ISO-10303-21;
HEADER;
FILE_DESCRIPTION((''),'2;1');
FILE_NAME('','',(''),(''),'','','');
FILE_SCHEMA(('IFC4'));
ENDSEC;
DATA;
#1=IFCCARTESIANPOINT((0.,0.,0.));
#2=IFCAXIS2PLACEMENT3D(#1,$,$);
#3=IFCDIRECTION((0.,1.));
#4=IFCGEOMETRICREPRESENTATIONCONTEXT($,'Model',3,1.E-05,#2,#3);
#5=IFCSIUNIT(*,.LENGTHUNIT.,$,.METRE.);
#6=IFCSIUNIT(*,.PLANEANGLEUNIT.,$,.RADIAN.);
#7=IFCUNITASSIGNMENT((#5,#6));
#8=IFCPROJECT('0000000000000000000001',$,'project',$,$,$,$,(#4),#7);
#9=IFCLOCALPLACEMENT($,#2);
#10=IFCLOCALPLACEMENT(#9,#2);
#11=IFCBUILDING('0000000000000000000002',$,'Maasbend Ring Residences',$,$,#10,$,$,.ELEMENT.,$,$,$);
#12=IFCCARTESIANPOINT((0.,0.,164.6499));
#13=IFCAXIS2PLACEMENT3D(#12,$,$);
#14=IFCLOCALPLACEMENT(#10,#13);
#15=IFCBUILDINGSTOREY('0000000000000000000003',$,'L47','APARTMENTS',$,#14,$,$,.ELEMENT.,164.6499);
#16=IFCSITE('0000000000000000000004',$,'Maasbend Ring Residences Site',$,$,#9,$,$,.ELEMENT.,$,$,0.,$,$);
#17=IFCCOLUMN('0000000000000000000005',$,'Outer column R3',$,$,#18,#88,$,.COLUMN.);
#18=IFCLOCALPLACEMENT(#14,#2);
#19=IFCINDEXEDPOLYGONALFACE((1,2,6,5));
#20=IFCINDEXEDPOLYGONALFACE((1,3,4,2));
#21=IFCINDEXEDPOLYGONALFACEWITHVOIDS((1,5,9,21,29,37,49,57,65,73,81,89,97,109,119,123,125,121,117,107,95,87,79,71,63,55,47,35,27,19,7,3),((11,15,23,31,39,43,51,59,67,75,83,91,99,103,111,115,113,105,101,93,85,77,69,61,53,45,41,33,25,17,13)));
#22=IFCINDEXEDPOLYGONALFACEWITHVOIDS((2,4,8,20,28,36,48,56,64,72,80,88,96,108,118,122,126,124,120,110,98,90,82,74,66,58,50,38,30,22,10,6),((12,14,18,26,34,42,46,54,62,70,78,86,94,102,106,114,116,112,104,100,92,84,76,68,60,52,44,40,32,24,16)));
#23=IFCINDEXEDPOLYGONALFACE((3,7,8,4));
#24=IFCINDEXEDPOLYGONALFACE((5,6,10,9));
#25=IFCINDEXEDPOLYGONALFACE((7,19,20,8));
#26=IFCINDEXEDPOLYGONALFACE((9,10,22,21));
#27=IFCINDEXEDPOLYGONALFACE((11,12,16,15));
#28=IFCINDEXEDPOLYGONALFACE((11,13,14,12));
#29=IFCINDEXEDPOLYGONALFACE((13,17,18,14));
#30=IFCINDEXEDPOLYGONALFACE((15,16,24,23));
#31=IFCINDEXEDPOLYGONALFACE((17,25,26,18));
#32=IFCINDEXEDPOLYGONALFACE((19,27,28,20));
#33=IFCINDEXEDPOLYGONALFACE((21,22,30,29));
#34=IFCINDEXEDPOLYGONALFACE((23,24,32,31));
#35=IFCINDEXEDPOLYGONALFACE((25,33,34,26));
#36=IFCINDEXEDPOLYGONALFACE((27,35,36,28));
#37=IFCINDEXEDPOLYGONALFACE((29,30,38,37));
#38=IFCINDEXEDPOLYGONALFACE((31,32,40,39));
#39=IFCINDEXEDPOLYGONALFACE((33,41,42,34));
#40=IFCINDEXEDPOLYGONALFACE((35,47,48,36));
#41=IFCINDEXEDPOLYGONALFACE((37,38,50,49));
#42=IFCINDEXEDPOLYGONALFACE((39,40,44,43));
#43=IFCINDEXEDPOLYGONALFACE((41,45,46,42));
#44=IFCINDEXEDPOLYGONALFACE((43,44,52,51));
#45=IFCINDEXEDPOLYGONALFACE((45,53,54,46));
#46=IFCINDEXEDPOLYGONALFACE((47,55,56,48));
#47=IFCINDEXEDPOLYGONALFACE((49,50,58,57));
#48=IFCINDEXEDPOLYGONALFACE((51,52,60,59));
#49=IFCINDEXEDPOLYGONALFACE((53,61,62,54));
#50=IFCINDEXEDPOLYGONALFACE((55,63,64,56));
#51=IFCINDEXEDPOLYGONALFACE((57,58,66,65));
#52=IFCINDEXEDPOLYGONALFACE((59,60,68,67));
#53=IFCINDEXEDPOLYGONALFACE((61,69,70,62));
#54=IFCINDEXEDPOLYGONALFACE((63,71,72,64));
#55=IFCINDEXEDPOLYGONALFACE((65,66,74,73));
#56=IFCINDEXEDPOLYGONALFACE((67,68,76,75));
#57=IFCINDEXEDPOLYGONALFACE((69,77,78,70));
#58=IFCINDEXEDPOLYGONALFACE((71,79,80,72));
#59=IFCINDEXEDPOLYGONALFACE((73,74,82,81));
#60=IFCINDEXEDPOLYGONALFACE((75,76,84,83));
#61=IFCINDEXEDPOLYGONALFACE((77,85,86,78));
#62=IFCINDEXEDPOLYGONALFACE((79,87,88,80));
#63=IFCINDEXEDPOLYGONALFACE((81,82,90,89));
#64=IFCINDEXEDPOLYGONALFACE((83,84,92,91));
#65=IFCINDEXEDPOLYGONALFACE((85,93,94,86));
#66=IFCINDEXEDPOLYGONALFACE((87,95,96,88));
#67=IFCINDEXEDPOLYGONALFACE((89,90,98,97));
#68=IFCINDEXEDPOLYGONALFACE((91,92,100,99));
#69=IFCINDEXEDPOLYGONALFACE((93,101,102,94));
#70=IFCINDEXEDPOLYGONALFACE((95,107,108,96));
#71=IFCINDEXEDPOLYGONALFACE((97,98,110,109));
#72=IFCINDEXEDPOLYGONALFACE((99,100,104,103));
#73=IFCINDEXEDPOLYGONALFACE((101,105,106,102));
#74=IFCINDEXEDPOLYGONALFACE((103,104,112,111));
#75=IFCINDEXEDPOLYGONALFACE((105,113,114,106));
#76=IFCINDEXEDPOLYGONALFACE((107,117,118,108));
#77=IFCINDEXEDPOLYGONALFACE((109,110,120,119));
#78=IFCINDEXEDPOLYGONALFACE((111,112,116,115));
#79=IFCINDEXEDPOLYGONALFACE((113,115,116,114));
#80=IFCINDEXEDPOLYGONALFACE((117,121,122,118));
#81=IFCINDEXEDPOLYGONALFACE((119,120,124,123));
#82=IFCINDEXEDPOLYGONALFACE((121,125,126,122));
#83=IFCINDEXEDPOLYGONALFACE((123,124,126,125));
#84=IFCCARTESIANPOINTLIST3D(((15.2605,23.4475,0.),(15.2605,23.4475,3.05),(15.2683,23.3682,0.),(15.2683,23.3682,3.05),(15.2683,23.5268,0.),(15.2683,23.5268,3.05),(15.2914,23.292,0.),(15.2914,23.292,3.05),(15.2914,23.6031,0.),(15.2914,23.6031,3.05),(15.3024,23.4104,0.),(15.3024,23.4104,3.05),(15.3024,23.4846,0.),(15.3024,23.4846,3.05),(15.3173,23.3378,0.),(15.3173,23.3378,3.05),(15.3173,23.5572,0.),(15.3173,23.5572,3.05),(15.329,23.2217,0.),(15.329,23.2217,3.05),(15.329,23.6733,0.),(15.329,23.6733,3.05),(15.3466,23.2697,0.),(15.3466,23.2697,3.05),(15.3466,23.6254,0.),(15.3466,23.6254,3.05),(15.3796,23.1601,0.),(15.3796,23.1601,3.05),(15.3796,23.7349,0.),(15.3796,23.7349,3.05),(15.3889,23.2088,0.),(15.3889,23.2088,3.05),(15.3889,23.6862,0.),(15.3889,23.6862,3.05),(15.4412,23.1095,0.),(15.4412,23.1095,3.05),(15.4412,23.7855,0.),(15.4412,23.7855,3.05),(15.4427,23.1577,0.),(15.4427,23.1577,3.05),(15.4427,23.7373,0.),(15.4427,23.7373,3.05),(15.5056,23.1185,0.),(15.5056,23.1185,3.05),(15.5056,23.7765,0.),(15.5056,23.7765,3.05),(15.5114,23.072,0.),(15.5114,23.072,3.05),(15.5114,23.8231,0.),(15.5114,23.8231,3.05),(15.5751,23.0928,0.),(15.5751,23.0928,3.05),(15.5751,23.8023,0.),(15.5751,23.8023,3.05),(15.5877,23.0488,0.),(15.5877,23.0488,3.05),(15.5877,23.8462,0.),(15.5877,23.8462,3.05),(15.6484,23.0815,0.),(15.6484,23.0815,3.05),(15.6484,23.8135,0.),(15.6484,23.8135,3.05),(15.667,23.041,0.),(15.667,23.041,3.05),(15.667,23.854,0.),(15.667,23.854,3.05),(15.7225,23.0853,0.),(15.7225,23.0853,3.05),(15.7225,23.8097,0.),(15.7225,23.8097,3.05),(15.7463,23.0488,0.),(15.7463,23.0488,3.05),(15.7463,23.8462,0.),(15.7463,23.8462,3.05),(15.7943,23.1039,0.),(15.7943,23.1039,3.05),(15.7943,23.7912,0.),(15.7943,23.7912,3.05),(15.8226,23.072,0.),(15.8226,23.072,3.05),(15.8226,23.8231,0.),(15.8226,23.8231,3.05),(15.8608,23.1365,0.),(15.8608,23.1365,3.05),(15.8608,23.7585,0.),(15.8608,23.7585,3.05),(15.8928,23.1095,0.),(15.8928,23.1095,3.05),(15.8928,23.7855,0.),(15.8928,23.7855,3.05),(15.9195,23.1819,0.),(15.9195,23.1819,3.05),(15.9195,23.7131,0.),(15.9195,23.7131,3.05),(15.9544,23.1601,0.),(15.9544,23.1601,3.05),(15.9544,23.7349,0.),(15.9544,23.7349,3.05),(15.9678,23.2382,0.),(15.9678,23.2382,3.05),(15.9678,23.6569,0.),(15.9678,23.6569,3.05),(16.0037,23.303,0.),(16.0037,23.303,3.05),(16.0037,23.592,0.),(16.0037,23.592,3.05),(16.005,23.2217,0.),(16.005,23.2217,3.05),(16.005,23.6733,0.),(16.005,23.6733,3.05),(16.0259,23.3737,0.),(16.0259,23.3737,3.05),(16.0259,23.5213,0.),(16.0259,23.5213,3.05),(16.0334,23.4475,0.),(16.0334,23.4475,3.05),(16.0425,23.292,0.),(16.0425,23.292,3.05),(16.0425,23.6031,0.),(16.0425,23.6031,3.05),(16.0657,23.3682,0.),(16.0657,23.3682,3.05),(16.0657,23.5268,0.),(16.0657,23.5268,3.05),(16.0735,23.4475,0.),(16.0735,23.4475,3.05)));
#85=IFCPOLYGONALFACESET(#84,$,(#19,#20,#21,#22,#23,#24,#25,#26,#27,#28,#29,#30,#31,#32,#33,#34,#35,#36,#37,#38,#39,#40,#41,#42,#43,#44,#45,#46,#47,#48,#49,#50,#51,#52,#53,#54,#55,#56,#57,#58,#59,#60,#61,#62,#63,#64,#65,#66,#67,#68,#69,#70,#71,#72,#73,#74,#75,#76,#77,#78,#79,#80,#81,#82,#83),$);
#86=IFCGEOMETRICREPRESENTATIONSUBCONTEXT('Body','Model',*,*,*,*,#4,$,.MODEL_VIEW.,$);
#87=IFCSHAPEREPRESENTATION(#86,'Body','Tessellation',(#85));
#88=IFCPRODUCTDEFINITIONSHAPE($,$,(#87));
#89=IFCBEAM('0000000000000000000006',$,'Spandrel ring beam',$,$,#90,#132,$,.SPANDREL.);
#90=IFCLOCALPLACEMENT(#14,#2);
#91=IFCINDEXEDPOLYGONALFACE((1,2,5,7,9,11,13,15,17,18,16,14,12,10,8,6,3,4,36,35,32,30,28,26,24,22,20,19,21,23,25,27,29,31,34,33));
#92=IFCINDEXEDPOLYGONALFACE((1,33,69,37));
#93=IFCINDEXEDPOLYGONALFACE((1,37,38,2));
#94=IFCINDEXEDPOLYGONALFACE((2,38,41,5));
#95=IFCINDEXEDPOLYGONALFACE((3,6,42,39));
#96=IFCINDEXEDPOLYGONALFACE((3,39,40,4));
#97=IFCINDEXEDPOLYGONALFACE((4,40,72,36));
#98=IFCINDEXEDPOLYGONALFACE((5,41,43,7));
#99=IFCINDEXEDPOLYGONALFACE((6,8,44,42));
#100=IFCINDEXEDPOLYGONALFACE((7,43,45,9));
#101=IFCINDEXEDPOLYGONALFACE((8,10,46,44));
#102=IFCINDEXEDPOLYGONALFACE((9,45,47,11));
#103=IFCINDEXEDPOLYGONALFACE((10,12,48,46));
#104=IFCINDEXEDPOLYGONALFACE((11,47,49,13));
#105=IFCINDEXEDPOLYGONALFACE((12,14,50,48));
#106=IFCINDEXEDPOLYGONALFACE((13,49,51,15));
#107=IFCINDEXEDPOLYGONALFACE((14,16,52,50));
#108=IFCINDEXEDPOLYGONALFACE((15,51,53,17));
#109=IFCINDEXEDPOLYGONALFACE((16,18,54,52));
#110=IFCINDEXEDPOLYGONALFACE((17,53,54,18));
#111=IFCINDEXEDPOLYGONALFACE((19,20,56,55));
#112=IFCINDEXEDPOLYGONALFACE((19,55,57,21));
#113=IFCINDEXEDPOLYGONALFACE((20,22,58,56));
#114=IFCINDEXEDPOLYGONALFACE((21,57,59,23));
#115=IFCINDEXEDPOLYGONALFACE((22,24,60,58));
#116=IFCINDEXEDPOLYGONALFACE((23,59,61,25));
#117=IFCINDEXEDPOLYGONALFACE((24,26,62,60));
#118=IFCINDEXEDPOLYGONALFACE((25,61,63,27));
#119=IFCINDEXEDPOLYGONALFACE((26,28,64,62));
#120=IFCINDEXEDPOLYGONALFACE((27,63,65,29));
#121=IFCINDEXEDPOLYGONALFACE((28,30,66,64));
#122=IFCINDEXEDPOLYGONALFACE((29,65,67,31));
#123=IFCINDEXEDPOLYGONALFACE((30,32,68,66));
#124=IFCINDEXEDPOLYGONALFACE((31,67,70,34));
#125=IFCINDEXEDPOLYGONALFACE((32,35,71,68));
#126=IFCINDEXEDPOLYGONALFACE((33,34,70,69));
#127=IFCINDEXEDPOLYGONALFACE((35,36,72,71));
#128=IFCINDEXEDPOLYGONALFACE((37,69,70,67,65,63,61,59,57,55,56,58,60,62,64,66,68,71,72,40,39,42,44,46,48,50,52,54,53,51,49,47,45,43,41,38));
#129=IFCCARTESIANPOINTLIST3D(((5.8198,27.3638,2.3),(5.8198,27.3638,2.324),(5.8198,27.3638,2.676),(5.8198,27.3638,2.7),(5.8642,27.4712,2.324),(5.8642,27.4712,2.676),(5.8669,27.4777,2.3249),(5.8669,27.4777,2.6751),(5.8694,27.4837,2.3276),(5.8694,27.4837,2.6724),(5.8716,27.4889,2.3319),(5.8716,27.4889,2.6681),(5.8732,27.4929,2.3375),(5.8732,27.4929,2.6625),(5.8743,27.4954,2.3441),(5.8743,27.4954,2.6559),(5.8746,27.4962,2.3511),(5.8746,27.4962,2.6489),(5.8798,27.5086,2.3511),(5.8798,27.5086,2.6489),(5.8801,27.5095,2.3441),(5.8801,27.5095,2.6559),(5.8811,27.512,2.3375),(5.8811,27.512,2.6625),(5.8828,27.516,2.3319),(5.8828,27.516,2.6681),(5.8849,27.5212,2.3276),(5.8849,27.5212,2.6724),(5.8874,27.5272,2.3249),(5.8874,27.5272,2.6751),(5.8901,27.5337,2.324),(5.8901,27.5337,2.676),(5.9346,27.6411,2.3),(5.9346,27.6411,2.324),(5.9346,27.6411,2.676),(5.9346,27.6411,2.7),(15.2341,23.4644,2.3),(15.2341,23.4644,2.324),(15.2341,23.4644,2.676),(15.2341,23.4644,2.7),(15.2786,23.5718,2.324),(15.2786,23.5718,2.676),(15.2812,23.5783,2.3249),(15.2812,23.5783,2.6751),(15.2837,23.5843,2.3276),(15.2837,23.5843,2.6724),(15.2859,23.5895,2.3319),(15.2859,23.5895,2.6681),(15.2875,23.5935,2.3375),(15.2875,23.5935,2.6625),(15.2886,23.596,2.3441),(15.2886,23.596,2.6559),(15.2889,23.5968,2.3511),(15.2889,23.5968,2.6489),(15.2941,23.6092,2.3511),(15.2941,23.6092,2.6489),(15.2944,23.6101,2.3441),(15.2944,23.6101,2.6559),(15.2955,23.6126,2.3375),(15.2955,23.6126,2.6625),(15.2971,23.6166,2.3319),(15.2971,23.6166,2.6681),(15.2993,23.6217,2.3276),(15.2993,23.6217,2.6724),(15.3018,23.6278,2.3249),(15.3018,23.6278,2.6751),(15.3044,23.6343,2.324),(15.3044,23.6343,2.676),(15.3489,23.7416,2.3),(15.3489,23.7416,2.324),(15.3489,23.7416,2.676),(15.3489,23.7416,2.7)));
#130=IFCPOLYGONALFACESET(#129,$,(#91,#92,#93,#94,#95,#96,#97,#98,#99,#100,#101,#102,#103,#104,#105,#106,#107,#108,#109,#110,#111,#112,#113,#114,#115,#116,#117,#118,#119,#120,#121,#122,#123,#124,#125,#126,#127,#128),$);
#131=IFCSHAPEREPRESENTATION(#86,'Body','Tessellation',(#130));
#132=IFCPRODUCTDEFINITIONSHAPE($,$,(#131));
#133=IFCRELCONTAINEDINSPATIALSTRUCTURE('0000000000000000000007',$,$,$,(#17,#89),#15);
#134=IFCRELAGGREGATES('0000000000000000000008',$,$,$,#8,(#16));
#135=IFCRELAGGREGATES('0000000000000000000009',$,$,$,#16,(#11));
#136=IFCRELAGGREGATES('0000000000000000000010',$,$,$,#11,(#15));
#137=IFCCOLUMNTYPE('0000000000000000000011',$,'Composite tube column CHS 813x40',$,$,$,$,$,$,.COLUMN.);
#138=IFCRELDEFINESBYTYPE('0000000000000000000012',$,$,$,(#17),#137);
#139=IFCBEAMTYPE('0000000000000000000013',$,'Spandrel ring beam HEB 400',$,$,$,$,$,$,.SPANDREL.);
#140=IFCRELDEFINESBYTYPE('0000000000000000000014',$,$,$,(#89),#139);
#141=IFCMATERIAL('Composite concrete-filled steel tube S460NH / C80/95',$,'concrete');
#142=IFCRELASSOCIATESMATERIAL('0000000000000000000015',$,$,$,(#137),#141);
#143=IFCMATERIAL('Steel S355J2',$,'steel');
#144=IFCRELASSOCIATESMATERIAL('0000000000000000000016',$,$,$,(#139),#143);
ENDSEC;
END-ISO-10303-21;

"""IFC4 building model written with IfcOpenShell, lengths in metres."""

from ifc_helpers import new_model, si_unit, direction, frame, origin, origin_2d, place, context, subcontext, project, spatial, hollow_circle, i_section, extrude, material, material_profile, profile_set, type_object, element, save


model = new_model("IFC4")

# Units and contexts
model_context = context("Model", 3, precision=1e-05, world=origin(), true_north=direction((0.0, 1.0)))
body_context = subcontext(model_context, "Body", "Model", "MODEL_VIEW")
ifc_project = project(units=[si_unit("LENGTHUNIT", "METRE"), si_unit("PLANEANGLEUNIT", "RADIAN")], contexts=[model_context])

# Site, building, storey
site_placement = place(None, origin())
site = spatial("IfcSite", under=ifc_project, at=site_placement, Name="Maasbend Ring Residences Site", CompositionType="ELEMENT", RefElevation=0.0)
building_placement = place(site_placement, origin())
building = spatial("IfcBuilding", under=site, at=building_placement, Name="Maasbend Ring Residences", CompositionType="ELEMENT")
storey_placement = place(building_placement, frame((0.0, 0.0, 164.6499)))
storey = spatial("IfcBuildingStorey", under=building, at=storey_placement, Name="L47", Description="APARTMENTS", CompositionType="ELEMENT", Elevation=164.6499)

# Column
ifc_material_1 = material(Name="Composite concrete-filled steel tube S460NH / C80/95", Category="concrete")
ifc_material_profile_1 = material_profile(ifc_material_1, hollow_circle(Radius=0.4065, WallThickness=0.04, at=origin_2d()), Name="Composite tube column CHS 813x40")
ifc_profile_set_1 = profile_set([ifc_material_profile_1], Name="Composite concrete-filled steel tube S460NH / C80/95")
column_type = type_object("IfcColumnType", Name="Composite tube column CHS 813x40", PredefinedType="COLUMN", material=ifc_profile_set_1)
column_placement = place(storey_placement, frame((15.667, 23.4475, 0.0), z_axis=(0.0, 0.0, 1.0), x_axis=(1.0, 0.0, 0.0)))
element("IfcColumn", 1, at=column_placement, inside=storey, type_object=column_type, Name="Outer column R3", PredefinedType="COLUMN", context=body_context, shape_type="SweptSolid", body=[
    extrude(hollow_circle(Radius=0.4065, WallThickness=0.04, at=origin_2d()), origin(), (0.0, 0.0, 1.0), 3.05),
])

# Beam
ifc_material_2 = material(Name="Steel S355J2", Category="steel")
ifc_material_profile_2 = material_profile(ifc_material_2, i_section(OverallWidth=0.3, OverallDepth=0.3999, WebThickness=0.0134, FlangeThickness=0.0239, FilletRadius=0.0271, at=origin_2d()), Name="HEB 400")
ifc_profile_set_2 = profile_set([ifc_material_profile_2], Name="Steel S355J2")
beam_type = type_object("IfcBeamType", Name="Spandrel ring beam HEB 400", PredefinedType="SPANDREL", material=ifc_profile_set_2)
beam_placement = place(storey_placement, frame((15.2915, 23.603, 2.5), z_axis=(-0.923884, 0.382673, 0.0), x_axis=(-0.382673, -0.923884, 0.0)))
element("IfcBeam", 2, at=beam_placement, inside=storey, type_object=beam_type, Name="Spandrel ring beam", PredefinedType="SPANDREL", context=body_context, shape_type="SweptSolid", body=[
    extrude(i_section(OverallWidth=0.3, OverallDepth=0.3999, WebThickness=0.0134, FlangeThickness=0.0239, FilletRadius=0.0271, at=origin_2d()), origin(), (0.0, 0.0, 1.0), 10.1899),
])

save(model, "model.ifc")
